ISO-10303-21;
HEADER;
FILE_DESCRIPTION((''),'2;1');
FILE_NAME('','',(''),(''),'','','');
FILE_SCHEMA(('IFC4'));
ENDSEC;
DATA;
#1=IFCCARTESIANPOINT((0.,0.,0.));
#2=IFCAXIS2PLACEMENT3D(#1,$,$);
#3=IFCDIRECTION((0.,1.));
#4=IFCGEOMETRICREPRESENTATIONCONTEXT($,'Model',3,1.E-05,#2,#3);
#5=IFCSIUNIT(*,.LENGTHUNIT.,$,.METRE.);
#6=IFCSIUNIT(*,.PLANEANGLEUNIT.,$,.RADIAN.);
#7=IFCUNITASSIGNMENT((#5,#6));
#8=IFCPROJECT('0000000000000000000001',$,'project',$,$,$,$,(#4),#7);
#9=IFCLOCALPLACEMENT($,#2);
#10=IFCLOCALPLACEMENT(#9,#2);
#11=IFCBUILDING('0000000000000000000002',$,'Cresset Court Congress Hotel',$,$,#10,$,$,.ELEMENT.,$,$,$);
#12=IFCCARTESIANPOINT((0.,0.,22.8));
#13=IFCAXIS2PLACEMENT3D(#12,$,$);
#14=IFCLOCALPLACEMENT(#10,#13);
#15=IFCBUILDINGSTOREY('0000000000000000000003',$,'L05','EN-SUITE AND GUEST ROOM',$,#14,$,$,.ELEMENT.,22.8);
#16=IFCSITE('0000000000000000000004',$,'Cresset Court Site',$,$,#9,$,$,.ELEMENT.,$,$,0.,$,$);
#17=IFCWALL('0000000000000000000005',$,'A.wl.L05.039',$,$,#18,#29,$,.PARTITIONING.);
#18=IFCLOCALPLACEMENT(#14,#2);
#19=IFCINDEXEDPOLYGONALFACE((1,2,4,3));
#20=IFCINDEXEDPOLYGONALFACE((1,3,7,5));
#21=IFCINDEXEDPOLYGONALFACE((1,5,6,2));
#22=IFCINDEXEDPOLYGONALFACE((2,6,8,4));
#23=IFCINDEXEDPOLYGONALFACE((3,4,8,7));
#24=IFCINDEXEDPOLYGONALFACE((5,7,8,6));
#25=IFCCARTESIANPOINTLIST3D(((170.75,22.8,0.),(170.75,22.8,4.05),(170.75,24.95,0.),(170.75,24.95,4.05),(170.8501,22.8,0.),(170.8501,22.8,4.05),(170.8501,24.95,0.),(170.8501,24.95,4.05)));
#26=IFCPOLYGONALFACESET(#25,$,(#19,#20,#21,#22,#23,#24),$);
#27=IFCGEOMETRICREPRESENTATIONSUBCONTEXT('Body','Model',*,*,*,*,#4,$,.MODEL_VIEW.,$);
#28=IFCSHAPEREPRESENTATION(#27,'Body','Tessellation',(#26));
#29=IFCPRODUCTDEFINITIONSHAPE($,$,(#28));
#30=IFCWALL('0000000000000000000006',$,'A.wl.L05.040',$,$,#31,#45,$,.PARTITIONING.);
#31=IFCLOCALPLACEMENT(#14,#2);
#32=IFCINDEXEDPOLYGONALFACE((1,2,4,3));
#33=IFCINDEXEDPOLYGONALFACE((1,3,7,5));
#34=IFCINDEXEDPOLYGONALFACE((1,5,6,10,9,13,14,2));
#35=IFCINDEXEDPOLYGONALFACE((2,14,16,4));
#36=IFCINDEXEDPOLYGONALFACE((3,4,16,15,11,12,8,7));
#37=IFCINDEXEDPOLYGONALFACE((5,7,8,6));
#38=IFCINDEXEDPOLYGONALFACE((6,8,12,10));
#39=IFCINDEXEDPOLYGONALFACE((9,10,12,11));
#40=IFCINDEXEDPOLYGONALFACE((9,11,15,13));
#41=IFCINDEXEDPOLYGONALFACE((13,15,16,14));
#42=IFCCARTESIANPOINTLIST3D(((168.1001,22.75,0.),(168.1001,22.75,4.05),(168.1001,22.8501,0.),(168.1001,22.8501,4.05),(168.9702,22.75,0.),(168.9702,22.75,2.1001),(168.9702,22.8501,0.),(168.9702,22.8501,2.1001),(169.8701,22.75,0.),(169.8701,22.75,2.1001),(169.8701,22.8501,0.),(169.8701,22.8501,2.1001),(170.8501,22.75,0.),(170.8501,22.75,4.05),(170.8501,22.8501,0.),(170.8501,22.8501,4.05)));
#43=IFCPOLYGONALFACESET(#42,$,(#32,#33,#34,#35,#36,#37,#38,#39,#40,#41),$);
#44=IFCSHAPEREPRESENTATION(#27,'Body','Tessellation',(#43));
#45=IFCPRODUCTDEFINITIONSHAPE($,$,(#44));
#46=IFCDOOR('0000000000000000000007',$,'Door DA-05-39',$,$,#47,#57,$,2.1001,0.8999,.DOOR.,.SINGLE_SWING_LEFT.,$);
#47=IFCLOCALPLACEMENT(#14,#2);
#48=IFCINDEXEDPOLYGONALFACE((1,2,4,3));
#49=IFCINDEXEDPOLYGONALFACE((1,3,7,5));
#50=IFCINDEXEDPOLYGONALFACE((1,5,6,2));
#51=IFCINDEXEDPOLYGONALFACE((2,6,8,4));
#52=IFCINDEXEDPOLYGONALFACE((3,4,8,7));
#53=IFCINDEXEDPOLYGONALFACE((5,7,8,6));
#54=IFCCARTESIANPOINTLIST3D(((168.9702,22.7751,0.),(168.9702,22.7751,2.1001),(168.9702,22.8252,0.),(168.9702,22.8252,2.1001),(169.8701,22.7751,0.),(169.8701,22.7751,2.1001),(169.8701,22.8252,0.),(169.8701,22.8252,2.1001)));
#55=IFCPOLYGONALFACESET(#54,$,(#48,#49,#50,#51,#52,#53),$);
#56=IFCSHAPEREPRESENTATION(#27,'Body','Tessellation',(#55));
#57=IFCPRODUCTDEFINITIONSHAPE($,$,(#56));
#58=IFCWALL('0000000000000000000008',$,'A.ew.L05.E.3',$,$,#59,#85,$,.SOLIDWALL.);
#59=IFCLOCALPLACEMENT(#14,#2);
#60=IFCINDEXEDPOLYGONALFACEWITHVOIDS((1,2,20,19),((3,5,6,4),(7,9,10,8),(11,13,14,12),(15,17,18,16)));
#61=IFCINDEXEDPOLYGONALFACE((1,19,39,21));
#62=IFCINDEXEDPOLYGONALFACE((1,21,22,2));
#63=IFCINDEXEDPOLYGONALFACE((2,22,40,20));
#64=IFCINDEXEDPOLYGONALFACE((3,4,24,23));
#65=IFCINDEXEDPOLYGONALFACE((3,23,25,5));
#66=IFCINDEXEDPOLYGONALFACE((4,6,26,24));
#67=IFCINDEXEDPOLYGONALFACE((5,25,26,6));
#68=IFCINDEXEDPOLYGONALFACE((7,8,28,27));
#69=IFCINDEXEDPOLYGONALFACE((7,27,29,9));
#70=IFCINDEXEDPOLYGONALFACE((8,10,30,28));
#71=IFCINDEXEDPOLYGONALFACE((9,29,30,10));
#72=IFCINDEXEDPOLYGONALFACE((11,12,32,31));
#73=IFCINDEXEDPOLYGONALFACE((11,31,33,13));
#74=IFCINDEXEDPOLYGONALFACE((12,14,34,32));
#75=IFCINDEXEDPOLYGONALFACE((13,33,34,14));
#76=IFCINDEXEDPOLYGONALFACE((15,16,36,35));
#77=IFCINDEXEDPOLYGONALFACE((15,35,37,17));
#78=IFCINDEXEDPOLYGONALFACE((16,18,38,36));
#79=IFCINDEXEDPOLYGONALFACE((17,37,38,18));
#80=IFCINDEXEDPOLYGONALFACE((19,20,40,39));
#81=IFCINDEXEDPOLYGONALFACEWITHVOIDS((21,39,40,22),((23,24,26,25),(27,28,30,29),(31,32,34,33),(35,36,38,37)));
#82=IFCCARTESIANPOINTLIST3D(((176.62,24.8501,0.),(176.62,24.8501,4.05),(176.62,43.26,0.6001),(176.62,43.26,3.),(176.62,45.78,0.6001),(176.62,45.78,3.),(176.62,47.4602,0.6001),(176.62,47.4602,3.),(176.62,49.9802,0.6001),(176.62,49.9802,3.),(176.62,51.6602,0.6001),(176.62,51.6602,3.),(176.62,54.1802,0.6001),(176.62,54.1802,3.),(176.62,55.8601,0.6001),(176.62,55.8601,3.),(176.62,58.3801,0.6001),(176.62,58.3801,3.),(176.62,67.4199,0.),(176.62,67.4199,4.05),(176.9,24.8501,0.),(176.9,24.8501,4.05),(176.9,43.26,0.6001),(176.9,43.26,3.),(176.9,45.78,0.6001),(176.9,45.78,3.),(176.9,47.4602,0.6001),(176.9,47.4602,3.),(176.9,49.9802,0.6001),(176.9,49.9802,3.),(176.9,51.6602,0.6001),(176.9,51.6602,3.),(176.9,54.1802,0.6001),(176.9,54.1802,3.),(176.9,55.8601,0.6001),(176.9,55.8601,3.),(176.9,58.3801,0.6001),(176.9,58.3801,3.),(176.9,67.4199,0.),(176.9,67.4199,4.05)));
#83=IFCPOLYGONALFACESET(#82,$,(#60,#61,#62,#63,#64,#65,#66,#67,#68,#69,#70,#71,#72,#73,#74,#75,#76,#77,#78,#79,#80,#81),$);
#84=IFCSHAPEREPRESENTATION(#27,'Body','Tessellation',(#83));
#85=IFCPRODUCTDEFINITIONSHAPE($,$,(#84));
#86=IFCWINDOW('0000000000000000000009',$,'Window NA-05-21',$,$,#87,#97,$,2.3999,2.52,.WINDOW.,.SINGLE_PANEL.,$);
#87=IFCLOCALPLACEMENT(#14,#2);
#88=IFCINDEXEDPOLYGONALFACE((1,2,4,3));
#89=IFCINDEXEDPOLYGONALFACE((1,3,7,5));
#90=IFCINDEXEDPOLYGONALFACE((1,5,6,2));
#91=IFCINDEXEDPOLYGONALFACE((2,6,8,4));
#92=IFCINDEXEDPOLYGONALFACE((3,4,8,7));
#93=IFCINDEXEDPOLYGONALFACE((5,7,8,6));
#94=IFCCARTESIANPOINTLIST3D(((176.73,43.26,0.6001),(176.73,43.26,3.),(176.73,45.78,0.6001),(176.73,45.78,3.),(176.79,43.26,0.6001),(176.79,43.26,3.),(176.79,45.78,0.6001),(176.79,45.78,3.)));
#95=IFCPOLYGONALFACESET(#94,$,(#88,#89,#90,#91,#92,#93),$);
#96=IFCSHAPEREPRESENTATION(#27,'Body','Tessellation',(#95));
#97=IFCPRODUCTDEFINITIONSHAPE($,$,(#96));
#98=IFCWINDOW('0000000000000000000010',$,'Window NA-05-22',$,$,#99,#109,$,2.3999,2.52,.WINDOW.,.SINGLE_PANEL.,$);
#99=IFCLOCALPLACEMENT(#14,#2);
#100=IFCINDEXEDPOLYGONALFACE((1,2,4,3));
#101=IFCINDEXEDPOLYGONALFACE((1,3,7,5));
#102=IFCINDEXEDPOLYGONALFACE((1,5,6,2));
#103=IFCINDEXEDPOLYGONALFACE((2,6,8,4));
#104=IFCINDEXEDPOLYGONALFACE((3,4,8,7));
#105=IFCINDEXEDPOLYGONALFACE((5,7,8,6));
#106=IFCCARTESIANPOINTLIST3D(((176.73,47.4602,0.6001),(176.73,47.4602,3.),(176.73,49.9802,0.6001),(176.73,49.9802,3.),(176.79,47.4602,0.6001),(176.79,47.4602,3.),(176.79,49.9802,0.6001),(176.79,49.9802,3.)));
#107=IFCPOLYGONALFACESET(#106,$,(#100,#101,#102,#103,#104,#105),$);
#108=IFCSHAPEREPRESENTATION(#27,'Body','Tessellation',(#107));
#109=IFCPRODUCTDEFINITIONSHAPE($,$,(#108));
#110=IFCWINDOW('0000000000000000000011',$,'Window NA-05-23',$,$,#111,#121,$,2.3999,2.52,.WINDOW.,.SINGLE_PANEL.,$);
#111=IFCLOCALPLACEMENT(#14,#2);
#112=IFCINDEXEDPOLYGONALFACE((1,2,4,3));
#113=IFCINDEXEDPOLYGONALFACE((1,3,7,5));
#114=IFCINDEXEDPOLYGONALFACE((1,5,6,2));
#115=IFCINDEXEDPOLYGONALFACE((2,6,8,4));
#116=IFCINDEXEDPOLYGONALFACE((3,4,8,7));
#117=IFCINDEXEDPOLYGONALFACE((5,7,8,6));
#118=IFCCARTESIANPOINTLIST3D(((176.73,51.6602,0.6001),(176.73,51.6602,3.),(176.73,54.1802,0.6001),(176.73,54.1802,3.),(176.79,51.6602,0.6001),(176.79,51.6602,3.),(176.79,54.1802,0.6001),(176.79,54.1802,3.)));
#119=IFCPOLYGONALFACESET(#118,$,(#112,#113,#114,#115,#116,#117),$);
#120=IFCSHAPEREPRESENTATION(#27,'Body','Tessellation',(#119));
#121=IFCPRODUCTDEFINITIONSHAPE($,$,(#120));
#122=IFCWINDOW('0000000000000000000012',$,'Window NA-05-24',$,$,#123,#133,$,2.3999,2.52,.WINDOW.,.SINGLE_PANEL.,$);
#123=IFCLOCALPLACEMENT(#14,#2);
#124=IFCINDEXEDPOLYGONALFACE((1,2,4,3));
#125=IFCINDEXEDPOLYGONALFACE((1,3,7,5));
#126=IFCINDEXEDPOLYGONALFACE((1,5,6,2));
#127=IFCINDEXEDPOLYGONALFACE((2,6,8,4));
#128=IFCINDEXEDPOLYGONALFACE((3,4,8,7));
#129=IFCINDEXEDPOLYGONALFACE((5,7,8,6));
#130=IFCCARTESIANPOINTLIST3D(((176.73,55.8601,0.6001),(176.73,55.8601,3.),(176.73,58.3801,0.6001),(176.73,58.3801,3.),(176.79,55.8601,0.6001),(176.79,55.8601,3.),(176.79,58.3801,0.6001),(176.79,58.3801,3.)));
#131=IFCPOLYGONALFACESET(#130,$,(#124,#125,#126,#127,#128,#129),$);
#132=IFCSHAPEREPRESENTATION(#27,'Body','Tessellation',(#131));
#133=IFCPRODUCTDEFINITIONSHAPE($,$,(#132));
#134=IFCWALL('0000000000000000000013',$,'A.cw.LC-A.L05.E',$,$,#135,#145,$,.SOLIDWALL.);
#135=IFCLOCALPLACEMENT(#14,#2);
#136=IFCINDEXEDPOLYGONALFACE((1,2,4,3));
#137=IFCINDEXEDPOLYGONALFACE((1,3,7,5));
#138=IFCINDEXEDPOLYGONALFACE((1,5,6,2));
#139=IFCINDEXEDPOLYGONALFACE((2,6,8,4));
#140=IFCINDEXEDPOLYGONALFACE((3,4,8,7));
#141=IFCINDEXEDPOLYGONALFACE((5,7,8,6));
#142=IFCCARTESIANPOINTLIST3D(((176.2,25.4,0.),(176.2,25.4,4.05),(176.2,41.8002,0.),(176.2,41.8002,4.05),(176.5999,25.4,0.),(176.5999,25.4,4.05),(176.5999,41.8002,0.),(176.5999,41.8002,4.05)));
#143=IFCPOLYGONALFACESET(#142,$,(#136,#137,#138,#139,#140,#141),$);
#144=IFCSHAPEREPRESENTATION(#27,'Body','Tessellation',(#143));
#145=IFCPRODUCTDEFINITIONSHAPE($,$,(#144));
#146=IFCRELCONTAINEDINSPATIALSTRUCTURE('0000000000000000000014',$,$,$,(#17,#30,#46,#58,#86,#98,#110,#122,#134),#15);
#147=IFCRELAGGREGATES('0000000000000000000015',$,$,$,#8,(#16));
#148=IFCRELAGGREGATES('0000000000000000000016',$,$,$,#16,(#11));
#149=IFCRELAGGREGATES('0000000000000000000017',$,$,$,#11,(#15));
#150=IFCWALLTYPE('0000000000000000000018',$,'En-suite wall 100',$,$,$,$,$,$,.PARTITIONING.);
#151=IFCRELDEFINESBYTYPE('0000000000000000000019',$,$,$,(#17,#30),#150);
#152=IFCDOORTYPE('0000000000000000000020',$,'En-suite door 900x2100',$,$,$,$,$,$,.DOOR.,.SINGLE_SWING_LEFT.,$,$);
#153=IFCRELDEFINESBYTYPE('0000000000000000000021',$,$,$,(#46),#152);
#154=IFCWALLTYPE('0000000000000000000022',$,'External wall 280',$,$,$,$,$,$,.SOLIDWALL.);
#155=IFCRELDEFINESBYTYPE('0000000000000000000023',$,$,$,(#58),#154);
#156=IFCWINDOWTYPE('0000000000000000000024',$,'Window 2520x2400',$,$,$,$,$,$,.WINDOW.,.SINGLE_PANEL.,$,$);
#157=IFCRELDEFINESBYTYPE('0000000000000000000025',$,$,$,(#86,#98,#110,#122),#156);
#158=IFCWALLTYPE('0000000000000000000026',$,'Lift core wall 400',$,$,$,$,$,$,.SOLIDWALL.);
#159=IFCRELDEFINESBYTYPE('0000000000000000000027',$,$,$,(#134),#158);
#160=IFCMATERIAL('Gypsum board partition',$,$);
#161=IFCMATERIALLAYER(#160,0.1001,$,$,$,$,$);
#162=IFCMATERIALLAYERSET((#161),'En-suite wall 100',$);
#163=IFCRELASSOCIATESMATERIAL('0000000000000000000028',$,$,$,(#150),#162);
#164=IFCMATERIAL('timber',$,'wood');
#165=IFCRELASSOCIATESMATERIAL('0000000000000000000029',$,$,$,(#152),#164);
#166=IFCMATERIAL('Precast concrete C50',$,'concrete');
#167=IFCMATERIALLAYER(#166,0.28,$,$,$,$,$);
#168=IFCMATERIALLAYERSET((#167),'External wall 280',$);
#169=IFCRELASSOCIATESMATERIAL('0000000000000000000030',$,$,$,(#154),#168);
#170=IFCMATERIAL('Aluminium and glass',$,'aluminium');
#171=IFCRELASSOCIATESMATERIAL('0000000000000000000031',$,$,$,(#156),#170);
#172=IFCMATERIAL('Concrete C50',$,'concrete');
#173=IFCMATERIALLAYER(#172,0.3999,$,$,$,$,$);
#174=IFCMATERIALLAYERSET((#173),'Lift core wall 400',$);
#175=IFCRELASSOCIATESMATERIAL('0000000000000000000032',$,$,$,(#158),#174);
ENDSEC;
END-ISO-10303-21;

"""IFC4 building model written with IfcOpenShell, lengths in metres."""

from ifc_helpers import new_model, si_unit, direction, frame, frame_2d, origin, place, context, subcontext, project, spatial, rectangle, extrude, material, layer, layer_set, type_object, element, fill, save


model = new_model("IFC4")

# Units and contexts
model_context = context("Model", 3, precision=1e-05, world=origin(), true_north=direction((0.0, 1.0)))
body_context = subcontext(model_context, "Body", "Model", "MODEL_VIEW")
ifc_project = project(units=[si_unit("LENGTHUNIT", "METRE"), si_unit("PLANEANGLEUNIT", "RADIAN")], contexts=[model_context])

# Site, building, storey
site_placement = place(None, origin())
site = spatial("IfcSite", under=ifc_project, at=site_placement, Name="Cresset Court Site", CompositionType="ELEMENT", RefElevation=0.0)
building_placement = place(site_placement, origin())
building = spatial("IfcBuilding", under=site, at=building_placement, Name="Cresset Court Congress Hotel", CompositionType="ELEMENT")
storey_placement = place(building_placement, frame((0.0, 0.0, 22.8)))
storey = spatial("IfcBuildingStorey", under=building, at=storey_placement, Name="L05", Description="EN-SUITE AND GUEST ROOM", CompositionType="ELEMENT", Elevation=22.8)

# Wall
ifc_material_1 = material(Name="Gypsum board partition")
ifc_layer_1 = layer(ifc_material_1, 0.1001)
ifc_layer_set_1 = layer_set([ifc_layer_1], Name="En-suite wall 100")
wall_type_1 = type_object("IfcWallType", Name="En-suite wall 100", PredefinedType="PARTITIONING", material=ifc_layer_set_1)
wall_1_placement = place(storey_placement, frame((170.8, 22.8, 0.0), z_axis=(0.0, 0.0, 1.0), x_axis=(0.0, 1.0, 0.0)))
element("IfcWall", 1, at=wall_1_placement, inside=storey, type_object=wall_type_1, Name="A.wl.L05.039", PredefinedType="PARTITIONING", context=body_context, shape_type="SweptSolid", body=[
    extrude(rectangle(XDim=2.1499, YDim=0.1001, at=frame_2d((1.075, 0.0))), origin(), (0.0, 0.0, 1.0), 4.05),
])

# Wall, opening, door
wall_2_placement = place(storey_placement, frame((170.8501, 22.8, 0.0), z_axis=(0.0, 0.0, 1.0), x_axis=(-1.0, 0.0, 0.0)))
wall_2 = element("IfcWall", 2, at=wall_2_placement, inside=storey, type_object=wall_type_1, Name="A.wl.L05.040", PredefinedType="PARTITIONING", context=body_context, shape_type="SweptSolid", body=[
    extrude(rectangle(XDim=2.75, YDim=0.1001, at=frame_2d((1.375, 0.0))), origin(), (0.0, 0.0, 1.0), 4.05),
])
opening_1_placement = place(wall_2_placement, frame((0.98, 0.0, 0.0)))
opening_1 = element("IfcOpeningElement", 3, at=opening_1_placement, cuts=wall_2, PredefinedType="OPENING", context=body_context, shape_type="SweptSolid", body=[
    extrude(rectangle(XDim=0.8999, YDim=2.1001, at=frame_2d((0.45, 1.05))), frame((0.0, 0.0601, 0.0), z_axis=(0.0, -1.0, 0.0), x_axis=(1.0, 0.0, 0.0)), (0.0, 0.0, 1.0), 0.1201),
])
ifc_material_2 = material(Name="timber", Category="wood")
door_type_1 = type_object("IfcDoorType", Name="En-suite door 900x2100", OperationType="SINGLE_SWING_LEFT", PredefinedType="DOOR", material=ifc_material_2)
door_1_placement = place(opening_1_placement, origin())
door_1 = element("IfcDoor", 4, at=door_1_placement, inside=storey, type_object=door_type_1, Name="Door DA-05-39", OperationType="SINGLE_SWING_LEFT", OverallHeight=2.1001, OverallWidth=0.8999, PredefinedType="DOOR", context=body_context, shape_type="SweptSolid", body=[
    extrude(rectangle(XDim=0.8999, YDim=2.1001, at=frame_2d((0.45, 1.05))), frame((0.0, 0.0249, 0.0), z_axis=(0.0, -1.0, 0.0), x_axis=(1.0, 0.0, 0.0)), (0.0, 0.0, 1.0), 0.05),
])
fill(opening_1, door_1)

# Wall, openings, windows
ifc_material_3 = material(Name="Precast concrete C50", Category="concrete")
ifc_layer_2 = layer(ifc_material_3, 0.28)
ifc_layer_set_2 = layer_set([ifc_layer_2], Name="External wall 280")
wall_type_2 = type_object("IfcWallType", Name="External wall 280", PredefinedType="SOLIDWALL", material=ifc_layer_set_2)
wall_3_placement = place(storey_placement, frame((176.76, 24.8501, 0.0), z_axis=(0.0, 0.0, 1.0), x_axis=(0.0, 1.0, 0.0)))
wall_3 = element("IfcWall", 5, at=wall_3_placement, inside=storey, type_object=wall_type_2, Name="A.ew.L05.E.3", PredefinedType="SOLIDWALL", context=body_context, shape_type="SweptSolid", body=[
    extrude(rectangle(XDim=42.5698, YDim=0.28, at=frame_2d((21.2849, 0.0))), origin(), (0.0, 0.0, 1.0), 4.05),
])
opening_2_placement = place(wall_3_placement, frame((18.4099, 0.0, 0.6001)))
opening_2 = element("IfcOpeningElement", 6, at=opening_2_placement, cuts=wall_3, PredefinedType="OPENING", context=body_context, shape_type="SweptSolid", body=[
    extrude(rectangle(XDim=2.52, YDim=2.3999, at=frame_2d((1.26, 1.2))), frame((0.0, 0.1499, 0.0), z_axis=(0.0, -1.0, 0.0), x_axis=(1.0, 0.0, 0.0)), (0.0, 0.0, 1.0), 0.3),
])
opening_3_placement = place(wall_3_placement, frame((22.6101, 0.0, 0.6001)))
opening_3 = element("IfcOpeningElement", 7, at=opening_3_placement, cuts=wall_3, PredefinedType="OPENING", context=body_context, shape_type="SweptSolid", body=[
    extrude(rectangle(XDim=2.52, YDim=2.3999, at=frame_2d((1.26, 1.2))), frame((0.0, 0.1499, 0.0), z_axis=(0.0, -1.0, 0.0), x_axis=(1.0, 0.0, 0.0)), (0.0, 0.0, 1.0), 0.3),
])
opening_4_placement = place(wall_3_placement, frame((26.8101, 0.0, 0.6001)))
opening_4 = element("IfcOpeningElement", 8, at=opening_4_placement, cuts=wall_3, PredefinedType="OPENING", context=body_context, shape_type="SweptSolid", body=[
    extrude(rectangle(XDim=2.52, YDim=2.3999, at=frame_2d((1.26, 1.2))), frame((0.0, 0.1499, 0.0), z_axis=(0.0, -1.0, 0.0), x_axis=(1.0, 0.0, 0.0)), (0.0, 0.0, 1.0), 0.3),
])
opening_5_placement = place(wall_3_placement, frame((31.01, 0.0, 0.6001)))
opening_5 = element("IfcOpeningElement", 9, at=opening_5_placement, cuts=wall_3, PredefinedType="OPENING", context=body_context, shape_type="SweptSolid", body=[
    extrude(rectangle(XDim=2.52, YDim=2.3999, at=frame_2d((1.26, 1.2))), frame((0.0, 0.1499, 0.0), z_axis=(0.0, -1.0, 0.0), x_axis=(1.0, 0.0, 0.0)), (0.0, 0.0, 1.0), 0.3),
])
ifc_material_4 = material(Name="Aluminium and glass", Category="aluminium")
window_type = type_object("IfcWindowType", Name="Window 2520x2400", PartitioningType="SINGLE_PANEL", PredefinedType="WINDOW", material=ifc_material_4)
window_1_placement = place(opening_2_placement, origin())
window_1 = element("IfcWindow", 10, at=window_1_placement, inside=storey, type_object=window_type, Name="Window NA-05-21", OverallHeight=2.3999, OverallWidth=2.52, PartitioningType="SINGLE_PANEL", PredefinedType="WINDOW", context=body_context, shape_type="SweptSolid", body=[
    extrude(rectangle(XDim=2.52, YDim=2.3999, at=frame_2d((1.26, 1.2))), frame((0.0, 0.03, 0.0), z_axis=(0.0, -1.0, 0.0), x_axis=(1.0, 0.0, 0.0)), (0.0, 0.0, 1.0), 0.0601),
])
fill(opening_2, window_1)
window_2_placement = place(opening_3_placement, origin())
window_2 = element("IfcWindow", 11, at=window_2_placement, inside=storey, type_object=window_type, Name="Window NA-05-22", OverallHeight=2.3999, OverallWidth=2.52, PartitioningType="SINGLE_PANEL", PredefinedType="WINDOW", context=body_context, shape_type="SweptSolid", body=[
    extrude(rectangle(XDim=2.52, YDim=2.3999, at=frame_2d((1.26, 1.2))), frame((0.0, 0.03, 0.0), z_axis=(0.0, -1.0, 0.0), x_axis=(1.0, 0.0, 0.0)), (0.0, 0.0, 1.0), 0.0601),
])
fill(opening_3, window_2)
window_3_placement = place(opening_4_placement, origin())
window_3 = element("IfcWindow", 12, at=window_3_placement, inside=storey, type_object=window_type, Name="Window NA-05-23", OverallHeight=2.3999, OverallWidth=2.52, PartitioningType="SINGLE_PANEL", PredefinedType="WINDOW", context=body_context, shape_type="SweptSolid", body=[
    extrude(rectangle(XDim=2.52, YDim=2.3999, at=frame_2d((1.26, 1.2))), frame((0.0, 0.03, 0.0), z_axis=(0.0, -1.0, 0.0), x_axis=(1.0, 0.0, 0.0)), (0.0, 0.0, 1.0), 0.0601),
])
fill(opening_4, window_3)
window_4_placement = place(opening_5_placement, origin())
window_4 = element("IfcWindow", 13, at=window_4_placement, inside=storey, type_object=window_type, Name="Window NA-05-24", OverallHeight=2.3999, OverallWidth=2.52, PartitioningType="SINGLE_PANEL", PredefinedType="WINDOW", context=body_context, shape_type="SweptSolid", body=[
    extrude(rectangle(XDim=2.52, YDim=2.3999, at=frame_2d((1.26, 1.2))), frame((0.0, 0.03, 0.0), z_axis=(0.0, -1.0, 0.0), x_axis=(1.0, 0.0, 0.0)), (0.0, 0.0, 1.0), 0.0601),
])
fill(opening_5, window_4)

# Wall
ifc_material_5 = material(Name="Concrete C50", Category="concrete")
ifc_layer_3 = layer(ifc_material_5, 0.3999)
ifc_layer_set_3 = layer_set([ifc_layer_3], Name="Lift core wall 400")
wall_type_3 = type_object("IfcWallType", Name="Lift core wall 400", PredefinedType="SOLIDWALL", material=ifc_layer_set_3)
wall_4_placement = place(storey_placement, frame((176.3999, 25.3999, 0.0), z_axis=(0.0, 0.0, 1.0), x_axis=(0.0, 1.0, 0.0)))
element("IfcWall", 14, at=wall_4_placement, inside=storey, type_object=wall_type_3, Name="A.cw.LC-A.L05.E", PredefinedType="SOLIDWALL", context=body_context, shape_type="SweptSolid", body=[
    extrude(rectangle(XDim=16.4001, YDim=0.3999, at=frame_2d((8.2002, 0.0))), origin(), (0.0, 0.0, 1.0), 4.05),
])

save(model, "model.ifc")
